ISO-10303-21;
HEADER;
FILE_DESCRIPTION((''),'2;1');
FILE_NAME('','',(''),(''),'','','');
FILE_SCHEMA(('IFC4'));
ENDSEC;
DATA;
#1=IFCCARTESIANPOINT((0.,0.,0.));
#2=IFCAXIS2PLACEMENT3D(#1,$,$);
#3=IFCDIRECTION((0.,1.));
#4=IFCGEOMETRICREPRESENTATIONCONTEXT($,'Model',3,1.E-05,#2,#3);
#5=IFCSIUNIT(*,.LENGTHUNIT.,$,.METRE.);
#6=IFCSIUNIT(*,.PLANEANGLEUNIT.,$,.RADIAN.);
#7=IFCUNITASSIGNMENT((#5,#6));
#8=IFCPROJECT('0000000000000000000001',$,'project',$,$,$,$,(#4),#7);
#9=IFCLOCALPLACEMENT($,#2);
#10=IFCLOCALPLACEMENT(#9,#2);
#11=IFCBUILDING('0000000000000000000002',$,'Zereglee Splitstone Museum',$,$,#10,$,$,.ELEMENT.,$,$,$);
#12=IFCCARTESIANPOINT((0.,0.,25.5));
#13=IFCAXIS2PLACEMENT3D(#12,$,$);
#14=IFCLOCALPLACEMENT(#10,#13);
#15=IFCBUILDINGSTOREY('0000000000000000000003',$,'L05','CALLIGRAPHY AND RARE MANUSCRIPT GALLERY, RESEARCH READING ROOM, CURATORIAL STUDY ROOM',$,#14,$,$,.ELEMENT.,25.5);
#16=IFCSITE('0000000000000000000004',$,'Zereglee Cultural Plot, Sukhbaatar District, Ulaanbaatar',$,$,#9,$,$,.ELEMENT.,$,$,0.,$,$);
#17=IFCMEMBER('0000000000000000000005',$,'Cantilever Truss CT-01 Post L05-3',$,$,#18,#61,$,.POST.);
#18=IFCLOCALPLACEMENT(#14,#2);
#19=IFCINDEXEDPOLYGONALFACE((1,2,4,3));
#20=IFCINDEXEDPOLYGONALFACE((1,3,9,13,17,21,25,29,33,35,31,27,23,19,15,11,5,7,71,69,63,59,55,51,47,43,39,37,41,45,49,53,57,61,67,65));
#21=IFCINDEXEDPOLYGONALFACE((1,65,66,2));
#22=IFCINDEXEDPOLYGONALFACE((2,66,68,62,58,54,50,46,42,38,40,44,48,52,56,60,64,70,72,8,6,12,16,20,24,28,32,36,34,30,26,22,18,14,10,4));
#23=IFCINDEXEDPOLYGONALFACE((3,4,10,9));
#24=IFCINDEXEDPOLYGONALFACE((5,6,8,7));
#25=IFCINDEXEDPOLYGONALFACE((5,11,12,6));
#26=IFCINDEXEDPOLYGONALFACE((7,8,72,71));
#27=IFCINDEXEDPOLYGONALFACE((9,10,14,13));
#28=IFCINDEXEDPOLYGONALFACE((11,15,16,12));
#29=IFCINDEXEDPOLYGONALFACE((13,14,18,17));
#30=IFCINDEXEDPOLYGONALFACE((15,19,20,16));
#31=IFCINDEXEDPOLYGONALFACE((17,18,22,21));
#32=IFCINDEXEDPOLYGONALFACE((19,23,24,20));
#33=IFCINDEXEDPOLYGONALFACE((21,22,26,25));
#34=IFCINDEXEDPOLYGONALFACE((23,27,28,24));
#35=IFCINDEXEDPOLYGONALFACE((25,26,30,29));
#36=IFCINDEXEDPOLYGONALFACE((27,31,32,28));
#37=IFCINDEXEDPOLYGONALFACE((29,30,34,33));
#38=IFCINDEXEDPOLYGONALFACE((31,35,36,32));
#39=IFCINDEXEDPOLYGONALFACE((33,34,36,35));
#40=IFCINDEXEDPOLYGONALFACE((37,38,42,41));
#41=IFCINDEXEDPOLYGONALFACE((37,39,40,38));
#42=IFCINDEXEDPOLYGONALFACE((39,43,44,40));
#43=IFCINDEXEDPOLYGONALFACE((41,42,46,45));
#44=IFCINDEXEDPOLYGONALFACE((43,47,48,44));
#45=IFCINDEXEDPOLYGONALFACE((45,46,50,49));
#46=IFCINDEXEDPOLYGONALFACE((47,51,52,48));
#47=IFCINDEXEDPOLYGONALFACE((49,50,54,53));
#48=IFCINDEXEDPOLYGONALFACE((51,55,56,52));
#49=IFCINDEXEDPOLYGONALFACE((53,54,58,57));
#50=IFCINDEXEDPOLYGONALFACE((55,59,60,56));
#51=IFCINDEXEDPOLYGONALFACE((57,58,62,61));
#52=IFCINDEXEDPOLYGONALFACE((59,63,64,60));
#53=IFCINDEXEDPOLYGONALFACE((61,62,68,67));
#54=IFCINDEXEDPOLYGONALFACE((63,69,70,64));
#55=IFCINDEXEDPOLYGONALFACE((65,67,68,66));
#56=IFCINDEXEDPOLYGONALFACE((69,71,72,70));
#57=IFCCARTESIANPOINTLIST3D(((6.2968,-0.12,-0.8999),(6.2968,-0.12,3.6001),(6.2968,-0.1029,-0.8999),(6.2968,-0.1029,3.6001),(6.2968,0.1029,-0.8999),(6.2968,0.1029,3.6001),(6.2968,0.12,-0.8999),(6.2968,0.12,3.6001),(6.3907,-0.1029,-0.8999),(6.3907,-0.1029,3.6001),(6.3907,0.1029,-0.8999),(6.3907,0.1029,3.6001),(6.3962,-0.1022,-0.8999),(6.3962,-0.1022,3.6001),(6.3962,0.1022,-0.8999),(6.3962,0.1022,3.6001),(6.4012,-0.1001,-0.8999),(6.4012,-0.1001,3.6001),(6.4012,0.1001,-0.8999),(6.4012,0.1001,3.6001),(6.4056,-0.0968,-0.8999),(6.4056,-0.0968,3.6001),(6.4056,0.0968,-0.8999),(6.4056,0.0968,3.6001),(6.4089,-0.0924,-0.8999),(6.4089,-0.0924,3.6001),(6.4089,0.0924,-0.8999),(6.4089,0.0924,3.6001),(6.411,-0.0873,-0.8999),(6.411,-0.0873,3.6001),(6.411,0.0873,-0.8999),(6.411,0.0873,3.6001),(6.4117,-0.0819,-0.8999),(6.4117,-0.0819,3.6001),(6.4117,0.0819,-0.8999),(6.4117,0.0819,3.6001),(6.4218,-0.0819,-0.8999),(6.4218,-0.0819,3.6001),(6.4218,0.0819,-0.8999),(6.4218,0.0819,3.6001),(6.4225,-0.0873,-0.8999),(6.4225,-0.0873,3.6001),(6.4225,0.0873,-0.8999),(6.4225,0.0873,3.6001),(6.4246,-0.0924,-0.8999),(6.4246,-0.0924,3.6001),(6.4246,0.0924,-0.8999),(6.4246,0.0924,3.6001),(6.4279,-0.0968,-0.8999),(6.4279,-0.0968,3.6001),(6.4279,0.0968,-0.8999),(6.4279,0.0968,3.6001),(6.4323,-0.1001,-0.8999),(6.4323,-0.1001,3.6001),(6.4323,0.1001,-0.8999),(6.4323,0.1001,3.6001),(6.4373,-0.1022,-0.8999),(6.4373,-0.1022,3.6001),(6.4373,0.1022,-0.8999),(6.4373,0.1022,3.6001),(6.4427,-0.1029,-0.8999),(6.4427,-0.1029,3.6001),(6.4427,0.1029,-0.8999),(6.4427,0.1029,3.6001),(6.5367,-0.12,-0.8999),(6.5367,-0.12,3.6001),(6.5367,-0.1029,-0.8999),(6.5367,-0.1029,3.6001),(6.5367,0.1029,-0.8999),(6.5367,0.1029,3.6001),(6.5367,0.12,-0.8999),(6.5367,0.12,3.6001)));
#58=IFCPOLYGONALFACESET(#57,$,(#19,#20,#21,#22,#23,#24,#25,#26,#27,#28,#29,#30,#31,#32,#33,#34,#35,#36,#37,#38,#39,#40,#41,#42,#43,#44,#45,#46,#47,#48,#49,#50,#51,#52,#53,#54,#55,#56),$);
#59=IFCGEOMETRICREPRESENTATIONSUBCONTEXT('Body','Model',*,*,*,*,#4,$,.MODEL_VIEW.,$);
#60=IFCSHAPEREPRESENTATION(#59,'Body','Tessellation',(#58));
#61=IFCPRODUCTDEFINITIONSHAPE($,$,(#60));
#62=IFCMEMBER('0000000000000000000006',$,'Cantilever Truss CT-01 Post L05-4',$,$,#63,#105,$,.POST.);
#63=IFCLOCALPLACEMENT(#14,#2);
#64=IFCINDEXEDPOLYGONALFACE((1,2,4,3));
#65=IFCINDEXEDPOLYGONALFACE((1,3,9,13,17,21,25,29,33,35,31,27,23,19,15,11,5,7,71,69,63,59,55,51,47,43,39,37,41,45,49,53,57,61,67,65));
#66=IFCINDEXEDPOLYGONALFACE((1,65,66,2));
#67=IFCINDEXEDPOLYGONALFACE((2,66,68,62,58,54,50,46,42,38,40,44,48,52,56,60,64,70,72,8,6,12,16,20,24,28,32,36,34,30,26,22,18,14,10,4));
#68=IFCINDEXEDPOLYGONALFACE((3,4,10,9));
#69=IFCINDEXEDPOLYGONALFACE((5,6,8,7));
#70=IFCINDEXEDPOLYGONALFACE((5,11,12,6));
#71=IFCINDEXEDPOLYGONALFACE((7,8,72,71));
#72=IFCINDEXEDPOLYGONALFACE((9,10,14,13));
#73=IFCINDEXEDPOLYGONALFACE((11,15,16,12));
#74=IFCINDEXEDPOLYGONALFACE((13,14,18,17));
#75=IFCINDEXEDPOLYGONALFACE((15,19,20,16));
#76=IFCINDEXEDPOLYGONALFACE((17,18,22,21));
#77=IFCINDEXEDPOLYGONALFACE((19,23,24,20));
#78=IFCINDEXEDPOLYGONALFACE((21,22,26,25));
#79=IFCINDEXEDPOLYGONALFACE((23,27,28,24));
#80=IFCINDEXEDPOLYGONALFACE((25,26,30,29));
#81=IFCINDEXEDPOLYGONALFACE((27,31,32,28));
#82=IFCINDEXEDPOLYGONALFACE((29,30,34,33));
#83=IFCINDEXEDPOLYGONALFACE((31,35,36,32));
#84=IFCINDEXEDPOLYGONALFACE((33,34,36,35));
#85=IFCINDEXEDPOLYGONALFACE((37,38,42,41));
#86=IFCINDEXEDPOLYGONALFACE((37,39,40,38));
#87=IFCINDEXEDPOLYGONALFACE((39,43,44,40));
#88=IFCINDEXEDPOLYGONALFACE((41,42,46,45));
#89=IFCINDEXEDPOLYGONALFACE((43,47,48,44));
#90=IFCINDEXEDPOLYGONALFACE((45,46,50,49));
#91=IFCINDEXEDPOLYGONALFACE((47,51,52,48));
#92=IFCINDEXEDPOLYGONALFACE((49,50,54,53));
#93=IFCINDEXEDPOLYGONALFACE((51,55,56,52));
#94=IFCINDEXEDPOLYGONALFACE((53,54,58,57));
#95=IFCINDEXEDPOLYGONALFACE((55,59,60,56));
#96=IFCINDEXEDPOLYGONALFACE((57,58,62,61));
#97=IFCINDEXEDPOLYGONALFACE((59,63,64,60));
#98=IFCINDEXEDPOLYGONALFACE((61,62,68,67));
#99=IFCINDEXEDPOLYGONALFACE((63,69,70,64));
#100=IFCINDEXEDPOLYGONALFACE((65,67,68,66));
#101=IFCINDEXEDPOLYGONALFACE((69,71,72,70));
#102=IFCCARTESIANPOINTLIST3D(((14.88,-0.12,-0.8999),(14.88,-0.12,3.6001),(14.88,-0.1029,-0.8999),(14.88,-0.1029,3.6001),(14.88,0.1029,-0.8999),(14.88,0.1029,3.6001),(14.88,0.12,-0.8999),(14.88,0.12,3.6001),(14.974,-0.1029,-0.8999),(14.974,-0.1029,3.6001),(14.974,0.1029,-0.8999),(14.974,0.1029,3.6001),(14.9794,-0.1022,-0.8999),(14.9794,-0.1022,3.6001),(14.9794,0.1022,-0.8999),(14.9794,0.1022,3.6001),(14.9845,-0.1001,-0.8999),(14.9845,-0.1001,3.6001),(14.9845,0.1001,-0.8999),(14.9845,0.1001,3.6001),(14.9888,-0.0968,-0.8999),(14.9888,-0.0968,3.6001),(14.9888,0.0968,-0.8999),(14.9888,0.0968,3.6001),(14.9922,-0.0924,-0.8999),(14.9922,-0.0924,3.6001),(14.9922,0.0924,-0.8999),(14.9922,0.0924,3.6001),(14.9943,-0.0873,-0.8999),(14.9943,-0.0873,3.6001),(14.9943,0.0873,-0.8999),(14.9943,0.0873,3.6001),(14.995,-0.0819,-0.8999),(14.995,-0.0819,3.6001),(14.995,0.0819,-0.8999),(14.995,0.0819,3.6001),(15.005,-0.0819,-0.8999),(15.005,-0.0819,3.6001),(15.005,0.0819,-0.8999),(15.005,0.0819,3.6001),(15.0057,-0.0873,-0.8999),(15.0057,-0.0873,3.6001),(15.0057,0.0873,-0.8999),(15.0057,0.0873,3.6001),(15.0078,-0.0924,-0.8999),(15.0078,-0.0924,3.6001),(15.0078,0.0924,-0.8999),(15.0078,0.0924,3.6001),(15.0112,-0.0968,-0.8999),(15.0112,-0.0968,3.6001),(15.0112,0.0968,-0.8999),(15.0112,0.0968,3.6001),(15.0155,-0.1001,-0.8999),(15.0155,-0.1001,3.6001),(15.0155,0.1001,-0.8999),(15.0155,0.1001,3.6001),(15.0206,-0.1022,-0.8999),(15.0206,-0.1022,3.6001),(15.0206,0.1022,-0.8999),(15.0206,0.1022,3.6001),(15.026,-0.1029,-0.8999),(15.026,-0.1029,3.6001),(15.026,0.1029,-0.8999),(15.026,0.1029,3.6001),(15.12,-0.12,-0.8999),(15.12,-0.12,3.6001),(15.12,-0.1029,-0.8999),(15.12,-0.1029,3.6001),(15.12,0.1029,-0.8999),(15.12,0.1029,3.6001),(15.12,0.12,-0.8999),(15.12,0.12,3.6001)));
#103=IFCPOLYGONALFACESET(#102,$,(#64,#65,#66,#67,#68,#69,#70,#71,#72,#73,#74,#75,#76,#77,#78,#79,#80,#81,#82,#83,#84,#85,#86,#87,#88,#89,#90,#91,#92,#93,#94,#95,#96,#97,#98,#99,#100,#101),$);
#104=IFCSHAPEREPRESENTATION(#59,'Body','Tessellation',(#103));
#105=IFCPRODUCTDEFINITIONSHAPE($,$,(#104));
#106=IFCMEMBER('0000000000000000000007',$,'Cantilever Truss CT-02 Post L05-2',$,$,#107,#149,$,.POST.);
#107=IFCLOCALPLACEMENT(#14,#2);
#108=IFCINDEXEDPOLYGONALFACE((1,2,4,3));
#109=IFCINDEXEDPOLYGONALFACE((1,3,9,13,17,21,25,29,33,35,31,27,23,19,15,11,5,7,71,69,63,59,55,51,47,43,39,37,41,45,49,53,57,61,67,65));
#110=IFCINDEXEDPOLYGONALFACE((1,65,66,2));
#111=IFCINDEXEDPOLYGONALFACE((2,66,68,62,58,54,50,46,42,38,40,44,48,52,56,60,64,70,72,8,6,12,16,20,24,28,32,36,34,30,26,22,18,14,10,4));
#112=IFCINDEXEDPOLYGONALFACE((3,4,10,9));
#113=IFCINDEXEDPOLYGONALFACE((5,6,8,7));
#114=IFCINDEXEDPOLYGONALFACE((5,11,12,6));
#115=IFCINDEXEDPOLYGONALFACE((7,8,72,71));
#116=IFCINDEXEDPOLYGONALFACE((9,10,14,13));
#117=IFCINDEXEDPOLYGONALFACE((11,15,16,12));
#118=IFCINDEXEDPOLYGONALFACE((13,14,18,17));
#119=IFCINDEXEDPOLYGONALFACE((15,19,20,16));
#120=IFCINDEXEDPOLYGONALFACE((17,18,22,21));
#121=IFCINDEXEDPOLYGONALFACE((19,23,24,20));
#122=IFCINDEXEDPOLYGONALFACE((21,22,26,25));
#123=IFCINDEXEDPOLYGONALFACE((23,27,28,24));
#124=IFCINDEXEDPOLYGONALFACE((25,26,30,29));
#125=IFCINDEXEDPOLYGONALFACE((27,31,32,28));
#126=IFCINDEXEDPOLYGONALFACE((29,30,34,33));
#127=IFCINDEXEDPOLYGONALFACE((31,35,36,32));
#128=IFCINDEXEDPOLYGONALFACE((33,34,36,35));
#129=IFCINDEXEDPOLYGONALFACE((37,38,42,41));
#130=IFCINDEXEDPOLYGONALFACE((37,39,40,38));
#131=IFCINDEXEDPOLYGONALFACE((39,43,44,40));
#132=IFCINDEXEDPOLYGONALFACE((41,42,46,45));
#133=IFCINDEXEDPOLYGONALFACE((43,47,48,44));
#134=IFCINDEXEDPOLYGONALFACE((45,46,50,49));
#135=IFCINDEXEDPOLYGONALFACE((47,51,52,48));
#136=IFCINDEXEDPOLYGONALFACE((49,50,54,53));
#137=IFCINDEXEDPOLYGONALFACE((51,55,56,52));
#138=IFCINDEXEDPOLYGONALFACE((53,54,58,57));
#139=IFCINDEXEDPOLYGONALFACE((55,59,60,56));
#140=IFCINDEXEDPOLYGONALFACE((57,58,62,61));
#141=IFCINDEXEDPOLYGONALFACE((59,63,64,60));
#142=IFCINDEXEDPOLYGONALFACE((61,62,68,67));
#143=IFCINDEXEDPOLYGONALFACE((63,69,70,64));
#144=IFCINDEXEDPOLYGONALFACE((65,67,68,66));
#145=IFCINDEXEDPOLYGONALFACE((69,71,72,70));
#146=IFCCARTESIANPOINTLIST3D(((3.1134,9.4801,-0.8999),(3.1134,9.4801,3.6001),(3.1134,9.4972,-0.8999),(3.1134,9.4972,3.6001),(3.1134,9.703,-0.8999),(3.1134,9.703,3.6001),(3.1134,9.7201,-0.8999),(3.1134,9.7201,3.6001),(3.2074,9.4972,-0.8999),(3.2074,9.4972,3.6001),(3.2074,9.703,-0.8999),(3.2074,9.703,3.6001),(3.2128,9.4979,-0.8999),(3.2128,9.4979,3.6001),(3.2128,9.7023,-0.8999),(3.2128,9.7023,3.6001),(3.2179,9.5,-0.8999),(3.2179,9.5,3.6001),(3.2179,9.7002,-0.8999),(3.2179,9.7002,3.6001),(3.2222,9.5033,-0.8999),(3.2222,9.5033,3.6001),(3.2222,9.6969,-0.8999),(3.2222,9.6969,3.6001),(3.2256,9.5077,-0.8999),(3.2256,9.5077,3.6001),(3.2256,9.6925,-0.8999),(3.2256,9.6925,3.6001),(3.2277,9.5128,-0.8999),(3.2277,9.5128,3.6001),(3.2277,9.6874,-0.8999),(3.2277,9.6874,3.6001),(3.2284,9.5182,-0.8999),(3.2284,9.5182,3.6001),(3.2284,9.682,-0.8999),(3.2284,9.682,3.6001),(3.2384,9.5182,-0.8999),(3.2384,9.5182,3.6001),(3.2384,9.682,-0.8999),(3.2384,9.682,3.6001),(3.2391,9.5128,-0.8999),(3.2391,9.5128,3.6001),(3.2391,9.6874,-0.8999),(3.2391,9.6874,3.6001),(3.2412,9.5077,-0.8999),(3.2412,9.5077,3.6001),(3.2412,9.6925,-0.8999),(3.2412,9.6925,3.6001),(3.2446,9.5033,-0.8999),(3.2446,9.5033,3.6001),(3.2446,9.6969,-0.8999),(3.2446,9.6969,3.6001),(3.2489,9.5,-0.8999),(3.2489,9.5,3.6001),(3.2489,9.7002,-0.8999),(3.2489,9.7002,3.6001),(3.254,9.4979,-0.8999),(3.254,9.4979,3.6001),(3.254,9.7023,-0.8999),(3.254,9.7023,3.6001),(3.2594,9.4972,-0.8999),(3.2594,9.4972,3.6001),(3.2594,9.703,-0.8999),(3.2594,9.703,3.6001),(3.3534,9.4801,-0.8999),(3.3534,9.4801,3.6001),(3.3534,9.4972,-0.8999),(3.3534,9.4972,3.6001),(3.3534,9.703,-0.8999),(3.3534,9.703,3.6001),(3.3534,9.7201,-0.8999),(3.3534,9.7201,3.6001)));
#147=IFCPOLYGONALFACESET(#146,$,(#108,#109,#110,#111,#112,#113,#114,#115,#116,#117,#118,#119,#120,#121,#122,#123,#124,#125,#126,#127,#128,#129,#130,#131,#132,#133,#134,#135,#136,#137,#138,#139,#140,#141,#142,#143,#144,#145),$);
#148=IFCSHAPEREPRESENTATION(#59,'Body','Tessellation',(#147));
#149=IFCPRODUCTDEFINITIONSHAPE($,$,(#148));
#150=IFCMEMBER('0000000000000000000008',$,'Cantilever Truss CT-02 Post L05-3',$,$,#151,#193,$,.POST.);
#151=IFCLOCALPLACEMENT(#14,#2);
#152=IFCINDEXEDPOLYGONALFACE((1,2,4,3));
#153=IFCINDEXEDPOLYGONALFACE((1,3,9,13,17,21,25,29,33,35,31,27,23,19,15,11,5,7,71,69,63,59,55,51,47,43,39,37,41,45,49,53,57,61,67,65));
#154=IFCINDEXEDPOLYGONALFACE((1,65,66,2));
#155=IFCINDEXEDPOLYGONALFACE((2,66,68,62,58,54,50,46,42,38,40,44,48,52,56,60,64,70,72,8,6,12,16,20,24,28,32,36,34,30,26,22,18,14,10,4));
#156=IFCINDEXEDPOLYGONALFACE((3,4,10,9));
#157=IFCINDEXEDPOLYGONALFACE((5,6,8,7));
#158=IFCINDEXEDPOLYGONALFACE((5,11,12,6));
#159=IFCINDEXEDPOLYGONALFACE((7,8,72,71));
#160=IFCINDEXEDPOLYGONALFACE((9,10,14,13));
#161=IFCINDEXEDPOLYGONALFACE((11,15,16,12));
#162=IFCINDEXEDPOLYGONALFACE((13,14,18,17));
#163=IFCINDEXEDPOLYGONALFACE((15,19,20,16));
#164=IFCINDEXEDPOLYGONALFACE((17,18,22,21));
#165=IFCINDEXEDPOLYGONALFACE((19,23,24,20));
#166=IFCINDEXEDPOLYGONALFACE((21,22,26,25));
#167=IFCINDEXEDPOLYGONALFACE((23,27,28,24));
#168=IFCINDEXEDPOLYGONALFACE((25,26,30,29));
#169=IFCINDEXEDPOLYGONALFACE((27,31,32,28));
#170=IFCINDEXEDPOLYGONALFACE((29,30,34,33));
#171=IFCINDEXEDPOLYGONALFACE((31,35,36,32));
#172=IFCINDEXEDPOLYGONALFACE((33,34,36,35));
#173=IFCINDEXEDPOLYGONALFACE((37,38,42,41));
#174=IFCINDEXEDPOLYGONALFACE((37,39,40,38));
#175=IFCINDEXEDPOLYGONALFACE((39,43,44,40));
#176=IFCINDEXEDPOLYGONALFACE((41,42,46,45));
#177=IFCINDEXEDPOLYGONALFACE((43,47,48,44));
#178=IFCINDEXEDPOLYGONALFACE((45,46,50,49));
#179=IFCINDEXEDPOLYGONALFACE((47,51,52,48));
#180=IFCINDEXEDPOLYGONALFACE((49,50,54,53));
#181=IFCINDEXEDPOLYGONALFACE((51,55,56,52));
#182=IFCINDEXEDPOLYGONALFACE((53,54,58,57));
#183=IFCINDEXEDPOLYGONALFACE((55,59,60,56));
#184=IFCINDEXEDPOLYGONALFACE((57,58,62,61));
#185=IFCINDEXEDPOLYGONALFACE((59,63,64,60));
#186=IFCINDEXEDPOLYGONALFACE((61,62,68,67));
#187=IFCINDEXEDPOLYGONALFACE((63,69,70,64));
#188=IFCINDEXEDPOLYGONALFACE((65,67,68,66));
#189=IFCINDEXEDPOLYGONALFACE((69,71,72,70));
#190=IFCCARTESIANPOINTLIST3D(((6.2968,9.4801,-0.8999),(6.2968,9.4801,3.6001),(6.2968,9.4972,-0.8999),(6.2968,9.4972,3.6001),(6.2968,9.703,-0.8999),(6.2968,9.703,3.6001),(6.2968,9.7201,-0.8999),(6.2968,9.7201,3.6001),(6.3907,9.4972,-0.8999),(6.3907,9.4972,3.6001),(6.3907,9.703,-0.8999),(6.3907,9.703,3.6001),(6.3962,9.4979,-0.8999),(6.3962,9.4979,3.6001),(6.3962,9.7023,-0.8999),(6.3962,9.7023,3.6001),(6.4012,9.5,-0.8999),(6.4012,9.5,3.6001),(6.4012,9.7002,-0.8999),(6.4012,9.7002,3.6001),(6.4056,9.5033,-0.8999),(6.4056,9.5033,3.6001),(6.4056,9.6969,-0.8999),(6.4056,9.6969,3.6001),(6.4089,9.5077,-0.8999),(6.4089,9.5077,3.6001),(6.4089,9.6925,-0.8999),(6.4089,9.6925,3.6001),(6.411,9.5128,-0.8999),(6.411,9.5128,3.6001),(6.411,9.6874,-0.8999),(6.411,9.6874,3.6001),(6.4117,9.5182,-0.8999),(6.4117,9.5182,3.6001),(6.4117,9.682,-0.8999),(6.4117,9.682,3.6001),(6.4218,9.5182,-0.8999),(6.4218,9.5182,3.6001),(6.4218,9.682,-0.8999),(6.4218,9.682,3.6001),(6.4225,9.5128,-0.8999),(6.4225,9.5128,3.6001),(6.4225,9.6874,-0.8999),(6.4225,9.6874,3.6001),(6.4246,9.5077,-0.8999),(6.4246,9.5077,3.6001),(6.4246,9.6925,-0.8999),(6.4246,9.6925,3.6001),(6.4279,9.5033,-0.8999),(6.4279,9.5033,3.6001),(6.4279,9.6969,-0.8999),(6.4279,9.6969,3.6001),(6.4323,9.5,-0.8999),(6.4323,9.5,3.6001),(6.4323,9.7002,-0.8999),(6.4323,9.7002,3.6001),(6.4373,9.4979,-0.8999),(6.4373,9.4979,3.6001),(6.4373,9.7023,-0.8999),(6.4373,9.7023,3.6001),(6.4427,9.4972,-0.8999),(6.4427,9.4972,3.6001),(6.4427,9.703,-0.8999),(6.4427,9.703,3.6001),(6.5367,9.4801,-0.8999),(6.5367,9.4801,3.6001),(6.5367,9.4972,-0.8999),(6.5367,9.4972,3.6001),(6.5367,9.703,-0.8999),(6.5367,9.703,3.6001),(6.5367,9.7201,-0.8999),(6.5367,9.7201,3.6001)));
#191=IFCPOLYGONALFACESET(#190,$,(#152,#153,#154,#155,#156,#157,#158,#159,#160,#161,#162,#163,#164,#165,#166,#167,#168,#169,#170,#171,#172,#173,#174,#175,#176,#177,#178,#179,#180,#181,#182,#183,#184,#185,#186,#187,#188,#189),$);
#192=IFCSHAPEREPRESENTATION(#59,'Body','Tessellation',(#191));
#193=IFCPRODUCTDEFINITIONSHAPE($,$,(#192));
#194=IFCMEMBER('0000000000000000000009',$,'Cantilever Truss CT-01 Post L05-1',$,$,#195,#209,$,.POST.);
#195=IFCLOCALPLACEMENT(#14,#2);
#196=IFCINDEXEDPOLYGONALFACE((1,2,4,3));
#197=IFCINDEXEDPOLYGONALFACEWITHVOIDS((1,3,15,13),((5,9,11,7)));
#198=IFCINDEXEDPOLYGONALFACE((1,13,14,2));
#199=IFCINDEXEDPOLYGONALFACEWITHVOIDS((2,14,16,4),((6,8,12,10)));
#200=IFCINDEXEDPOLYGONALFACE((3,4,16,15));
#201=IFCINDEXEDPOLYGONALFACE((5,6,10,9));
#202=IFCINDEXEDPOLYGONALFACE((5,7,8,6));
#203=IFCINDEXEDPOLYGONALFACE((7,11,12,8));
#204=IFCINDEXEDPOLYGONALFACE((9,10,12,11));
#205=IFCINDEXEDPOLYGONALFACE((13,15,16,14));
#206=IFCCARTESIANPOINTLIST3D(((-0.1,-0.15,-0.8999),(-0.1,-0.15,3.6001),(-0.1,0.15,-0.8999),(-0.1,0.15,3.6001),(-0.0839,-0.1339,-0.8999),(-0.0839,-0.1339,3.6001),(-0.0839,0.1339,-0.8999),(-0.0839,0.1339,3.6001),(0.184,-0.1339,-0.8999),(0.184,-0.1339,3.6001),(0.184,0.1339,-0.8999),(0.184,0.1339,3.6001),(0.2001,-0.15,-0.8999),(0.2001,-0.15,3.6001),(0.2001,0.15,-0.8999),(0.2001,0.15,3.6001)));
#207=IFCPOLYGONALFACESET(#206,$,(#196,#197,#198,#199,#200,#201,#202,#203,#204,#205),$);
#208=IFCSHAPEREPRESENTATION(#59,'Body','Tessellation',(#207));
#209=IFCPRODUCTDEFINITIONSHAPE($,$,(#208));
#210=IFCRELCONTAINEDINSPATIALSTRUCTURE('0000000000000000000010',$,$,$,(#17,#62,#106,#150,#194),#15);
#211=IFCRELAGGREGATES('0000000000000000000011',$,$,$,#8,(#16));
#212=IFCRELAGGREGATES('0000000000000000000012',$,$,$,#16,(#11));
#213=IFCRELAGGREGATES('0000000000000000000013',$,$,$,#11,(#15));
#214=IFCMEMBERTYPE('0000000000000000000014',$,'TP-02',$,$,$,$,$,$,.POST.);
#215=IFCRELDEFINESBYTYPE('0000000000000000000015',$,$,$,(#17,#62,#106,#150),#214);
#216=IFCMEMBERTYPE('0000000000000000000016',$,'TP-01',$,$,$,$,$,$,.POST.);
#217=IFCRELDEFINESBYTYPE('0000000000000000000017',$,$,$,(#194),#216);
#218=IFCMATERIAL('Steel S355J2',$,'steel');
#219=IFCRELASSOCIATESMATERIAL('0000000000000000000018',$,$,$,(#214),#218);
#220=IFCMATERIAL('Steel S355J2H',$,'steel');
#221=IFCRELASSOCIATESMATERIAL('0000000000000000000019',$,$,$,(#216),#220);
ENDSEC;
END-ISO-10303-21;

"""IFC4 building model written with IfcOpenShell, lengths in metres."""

from ifc_helpers import new_model, si_unit, direction, frame, origin, origin_2d, place, context, subcontext, project, spatial, hollow_rectangle, i_section, extrude, material, material_profile, profile_set, type_object, element, save


model = new_model("IFC4")

# Units and contexts
model_context = context("Model", 3, precision=1e-05, world=origin(), true_north=direction((0.0, 1.0)))
body_context = subcontext(model_context, "Body", "Model", "MODEL_VIEW")
ifc_project = project(units=[si_unit("LENGTHUNIT", "METRE"), si_unit("PLANEANGLEUNIT", "RADIAN")], contexts=[model_context])

# Site, building, storey
site_placement = place(None, origin())
site = spatial("IfcSite", under=ifc_project, at=site_placement, Name="Zereglee Cultural Plot, Sukhbaatar District, Ulaanbaatar", CompositionType="ELEMENT", RefElevation=0.0)
building_placement = place(site_placement, origin())
building = spatial("IfcBuilding", under=site, at=building_placement, Name="Zereglee Splitstone Museum", CompositionType="ELEMENT")
storey_placement = place(building_placement, frame((0.0, 0.0, 25.5)))
storey = spatial("IfcBuildingStorey", under=building, at=storey_placement, Name="L05", Description="CALLIGRAPHY AND RARE MANUSCRIPT GALLERY, RESEARCH READING ROOM, CURATORIAL STUDY ROOM", CompositionType="ELEMENT", Elevation=25.5)

# Shared definitions
ifc_material_1 = material(Name="Steel S355J2H", Category="steel")

# Shared definitions
ifc_material_2 = material(Name="Steel S355J2", Category="steel")

# Members
ifc_material_profile_1 = material_profile(ifc_material_2, i_section(OverallWidth=0.24, OverallDepth=0.24, WebThickness=0.01, FlangeThickness=0.0171, FilletRadius=0.021, at=origin_2d()), Name="HE 240 B")
ifc_profile_set_1 = profile_set([ifc_material_profile_1], Name="Steel S355J2")
member_type_1 = type_object("IfcMemberType", Name="TP-02", PredefinedType="POST", material=ifc_profile_set_1)
for number, where, z_axis, x_axis, name in (
    (1, (6.4167, 0.0, -0.8999), (0.0, 0.0, 1.0), (1.0, 0.0, 0.0), "Cantilever Truss CT-01 Post L05-3"),
    (2, (15.0, 0.0, -0.8999), (0.0, 0.0, 1.0), (1.0, 0.0, 0.0), "Cantilever Truss CT-01 Post L05-4"),
    (3, (3.2334, 9.6001, -0.8999), (0.0, 0.0, 1.0), (1.0, 0.0, 0.0), "Cantilever Truss CT-02 Post L05-2"),
    (4, (6.4167, 9.6001, -0.8999), (0.0, 0.0, 1.0), (1.0, 0.0, 0.0), "Cantilever Truss CT-02 Post L05-3"),
):
    element("IfcMember", number, at=place(storey_placement, frame(where, z_axis=z_axis, x_axis=x_axis)), inside=storey, type_object=member_type_1, Name=name, PredefinedType="POST", context=body_context, shape_type="SweptSolid", body=[
        extrude(i_section(OverallWidth=0.24, OverallDepth=0.24, WebThickness=0.01, FlangeThickness=0.0171, FilletRadius=0.021, at=origin_2d()), origin(), (0.0, 0.0, 1.0), 4.5),
    ])
ifc_material_profile_2 = material_profile(ifc_material_1, hollow_rectangle(XDim=0.3, YDim=0.3, WallThickness=0.0161, at=origin_2d()), Name="SHS 300x300x16")
ifc_profile_set_2 = profile_set([ifc_material_profile_2], Name="Steel S355J2H")
member_type_2 = type_object("IfcMemberType", Name="TP-01", PredefinedType="POST", material=ifc_profile_set_2)
for number, where, z_axis, x_axis, name in (
    (5, (0.05, 0.0, -0.8999), (0.0, 0.0, 1.0), (1.0, 0.0, 0.0), "Cantilever Truss CT-01 Post L05-1"),
):
    element("IfcMember", number, at=place(storey_placement, frame(where, z_axis=z_axis, x_axis=x_axis)), inside=storey, type_object=member_type_2, Name=name, PredefinedType="POST", context=body_context, shape_type="SweptSolid", body=[
        extrude(hollow_rectangle(XDim=0.3, YDim=0.3, WallThickness=0.0161, at=origin_2d()), origin(), (0.0, 0.0, 1.0), 4.5),
    ])

save(model, "model.ifc")
